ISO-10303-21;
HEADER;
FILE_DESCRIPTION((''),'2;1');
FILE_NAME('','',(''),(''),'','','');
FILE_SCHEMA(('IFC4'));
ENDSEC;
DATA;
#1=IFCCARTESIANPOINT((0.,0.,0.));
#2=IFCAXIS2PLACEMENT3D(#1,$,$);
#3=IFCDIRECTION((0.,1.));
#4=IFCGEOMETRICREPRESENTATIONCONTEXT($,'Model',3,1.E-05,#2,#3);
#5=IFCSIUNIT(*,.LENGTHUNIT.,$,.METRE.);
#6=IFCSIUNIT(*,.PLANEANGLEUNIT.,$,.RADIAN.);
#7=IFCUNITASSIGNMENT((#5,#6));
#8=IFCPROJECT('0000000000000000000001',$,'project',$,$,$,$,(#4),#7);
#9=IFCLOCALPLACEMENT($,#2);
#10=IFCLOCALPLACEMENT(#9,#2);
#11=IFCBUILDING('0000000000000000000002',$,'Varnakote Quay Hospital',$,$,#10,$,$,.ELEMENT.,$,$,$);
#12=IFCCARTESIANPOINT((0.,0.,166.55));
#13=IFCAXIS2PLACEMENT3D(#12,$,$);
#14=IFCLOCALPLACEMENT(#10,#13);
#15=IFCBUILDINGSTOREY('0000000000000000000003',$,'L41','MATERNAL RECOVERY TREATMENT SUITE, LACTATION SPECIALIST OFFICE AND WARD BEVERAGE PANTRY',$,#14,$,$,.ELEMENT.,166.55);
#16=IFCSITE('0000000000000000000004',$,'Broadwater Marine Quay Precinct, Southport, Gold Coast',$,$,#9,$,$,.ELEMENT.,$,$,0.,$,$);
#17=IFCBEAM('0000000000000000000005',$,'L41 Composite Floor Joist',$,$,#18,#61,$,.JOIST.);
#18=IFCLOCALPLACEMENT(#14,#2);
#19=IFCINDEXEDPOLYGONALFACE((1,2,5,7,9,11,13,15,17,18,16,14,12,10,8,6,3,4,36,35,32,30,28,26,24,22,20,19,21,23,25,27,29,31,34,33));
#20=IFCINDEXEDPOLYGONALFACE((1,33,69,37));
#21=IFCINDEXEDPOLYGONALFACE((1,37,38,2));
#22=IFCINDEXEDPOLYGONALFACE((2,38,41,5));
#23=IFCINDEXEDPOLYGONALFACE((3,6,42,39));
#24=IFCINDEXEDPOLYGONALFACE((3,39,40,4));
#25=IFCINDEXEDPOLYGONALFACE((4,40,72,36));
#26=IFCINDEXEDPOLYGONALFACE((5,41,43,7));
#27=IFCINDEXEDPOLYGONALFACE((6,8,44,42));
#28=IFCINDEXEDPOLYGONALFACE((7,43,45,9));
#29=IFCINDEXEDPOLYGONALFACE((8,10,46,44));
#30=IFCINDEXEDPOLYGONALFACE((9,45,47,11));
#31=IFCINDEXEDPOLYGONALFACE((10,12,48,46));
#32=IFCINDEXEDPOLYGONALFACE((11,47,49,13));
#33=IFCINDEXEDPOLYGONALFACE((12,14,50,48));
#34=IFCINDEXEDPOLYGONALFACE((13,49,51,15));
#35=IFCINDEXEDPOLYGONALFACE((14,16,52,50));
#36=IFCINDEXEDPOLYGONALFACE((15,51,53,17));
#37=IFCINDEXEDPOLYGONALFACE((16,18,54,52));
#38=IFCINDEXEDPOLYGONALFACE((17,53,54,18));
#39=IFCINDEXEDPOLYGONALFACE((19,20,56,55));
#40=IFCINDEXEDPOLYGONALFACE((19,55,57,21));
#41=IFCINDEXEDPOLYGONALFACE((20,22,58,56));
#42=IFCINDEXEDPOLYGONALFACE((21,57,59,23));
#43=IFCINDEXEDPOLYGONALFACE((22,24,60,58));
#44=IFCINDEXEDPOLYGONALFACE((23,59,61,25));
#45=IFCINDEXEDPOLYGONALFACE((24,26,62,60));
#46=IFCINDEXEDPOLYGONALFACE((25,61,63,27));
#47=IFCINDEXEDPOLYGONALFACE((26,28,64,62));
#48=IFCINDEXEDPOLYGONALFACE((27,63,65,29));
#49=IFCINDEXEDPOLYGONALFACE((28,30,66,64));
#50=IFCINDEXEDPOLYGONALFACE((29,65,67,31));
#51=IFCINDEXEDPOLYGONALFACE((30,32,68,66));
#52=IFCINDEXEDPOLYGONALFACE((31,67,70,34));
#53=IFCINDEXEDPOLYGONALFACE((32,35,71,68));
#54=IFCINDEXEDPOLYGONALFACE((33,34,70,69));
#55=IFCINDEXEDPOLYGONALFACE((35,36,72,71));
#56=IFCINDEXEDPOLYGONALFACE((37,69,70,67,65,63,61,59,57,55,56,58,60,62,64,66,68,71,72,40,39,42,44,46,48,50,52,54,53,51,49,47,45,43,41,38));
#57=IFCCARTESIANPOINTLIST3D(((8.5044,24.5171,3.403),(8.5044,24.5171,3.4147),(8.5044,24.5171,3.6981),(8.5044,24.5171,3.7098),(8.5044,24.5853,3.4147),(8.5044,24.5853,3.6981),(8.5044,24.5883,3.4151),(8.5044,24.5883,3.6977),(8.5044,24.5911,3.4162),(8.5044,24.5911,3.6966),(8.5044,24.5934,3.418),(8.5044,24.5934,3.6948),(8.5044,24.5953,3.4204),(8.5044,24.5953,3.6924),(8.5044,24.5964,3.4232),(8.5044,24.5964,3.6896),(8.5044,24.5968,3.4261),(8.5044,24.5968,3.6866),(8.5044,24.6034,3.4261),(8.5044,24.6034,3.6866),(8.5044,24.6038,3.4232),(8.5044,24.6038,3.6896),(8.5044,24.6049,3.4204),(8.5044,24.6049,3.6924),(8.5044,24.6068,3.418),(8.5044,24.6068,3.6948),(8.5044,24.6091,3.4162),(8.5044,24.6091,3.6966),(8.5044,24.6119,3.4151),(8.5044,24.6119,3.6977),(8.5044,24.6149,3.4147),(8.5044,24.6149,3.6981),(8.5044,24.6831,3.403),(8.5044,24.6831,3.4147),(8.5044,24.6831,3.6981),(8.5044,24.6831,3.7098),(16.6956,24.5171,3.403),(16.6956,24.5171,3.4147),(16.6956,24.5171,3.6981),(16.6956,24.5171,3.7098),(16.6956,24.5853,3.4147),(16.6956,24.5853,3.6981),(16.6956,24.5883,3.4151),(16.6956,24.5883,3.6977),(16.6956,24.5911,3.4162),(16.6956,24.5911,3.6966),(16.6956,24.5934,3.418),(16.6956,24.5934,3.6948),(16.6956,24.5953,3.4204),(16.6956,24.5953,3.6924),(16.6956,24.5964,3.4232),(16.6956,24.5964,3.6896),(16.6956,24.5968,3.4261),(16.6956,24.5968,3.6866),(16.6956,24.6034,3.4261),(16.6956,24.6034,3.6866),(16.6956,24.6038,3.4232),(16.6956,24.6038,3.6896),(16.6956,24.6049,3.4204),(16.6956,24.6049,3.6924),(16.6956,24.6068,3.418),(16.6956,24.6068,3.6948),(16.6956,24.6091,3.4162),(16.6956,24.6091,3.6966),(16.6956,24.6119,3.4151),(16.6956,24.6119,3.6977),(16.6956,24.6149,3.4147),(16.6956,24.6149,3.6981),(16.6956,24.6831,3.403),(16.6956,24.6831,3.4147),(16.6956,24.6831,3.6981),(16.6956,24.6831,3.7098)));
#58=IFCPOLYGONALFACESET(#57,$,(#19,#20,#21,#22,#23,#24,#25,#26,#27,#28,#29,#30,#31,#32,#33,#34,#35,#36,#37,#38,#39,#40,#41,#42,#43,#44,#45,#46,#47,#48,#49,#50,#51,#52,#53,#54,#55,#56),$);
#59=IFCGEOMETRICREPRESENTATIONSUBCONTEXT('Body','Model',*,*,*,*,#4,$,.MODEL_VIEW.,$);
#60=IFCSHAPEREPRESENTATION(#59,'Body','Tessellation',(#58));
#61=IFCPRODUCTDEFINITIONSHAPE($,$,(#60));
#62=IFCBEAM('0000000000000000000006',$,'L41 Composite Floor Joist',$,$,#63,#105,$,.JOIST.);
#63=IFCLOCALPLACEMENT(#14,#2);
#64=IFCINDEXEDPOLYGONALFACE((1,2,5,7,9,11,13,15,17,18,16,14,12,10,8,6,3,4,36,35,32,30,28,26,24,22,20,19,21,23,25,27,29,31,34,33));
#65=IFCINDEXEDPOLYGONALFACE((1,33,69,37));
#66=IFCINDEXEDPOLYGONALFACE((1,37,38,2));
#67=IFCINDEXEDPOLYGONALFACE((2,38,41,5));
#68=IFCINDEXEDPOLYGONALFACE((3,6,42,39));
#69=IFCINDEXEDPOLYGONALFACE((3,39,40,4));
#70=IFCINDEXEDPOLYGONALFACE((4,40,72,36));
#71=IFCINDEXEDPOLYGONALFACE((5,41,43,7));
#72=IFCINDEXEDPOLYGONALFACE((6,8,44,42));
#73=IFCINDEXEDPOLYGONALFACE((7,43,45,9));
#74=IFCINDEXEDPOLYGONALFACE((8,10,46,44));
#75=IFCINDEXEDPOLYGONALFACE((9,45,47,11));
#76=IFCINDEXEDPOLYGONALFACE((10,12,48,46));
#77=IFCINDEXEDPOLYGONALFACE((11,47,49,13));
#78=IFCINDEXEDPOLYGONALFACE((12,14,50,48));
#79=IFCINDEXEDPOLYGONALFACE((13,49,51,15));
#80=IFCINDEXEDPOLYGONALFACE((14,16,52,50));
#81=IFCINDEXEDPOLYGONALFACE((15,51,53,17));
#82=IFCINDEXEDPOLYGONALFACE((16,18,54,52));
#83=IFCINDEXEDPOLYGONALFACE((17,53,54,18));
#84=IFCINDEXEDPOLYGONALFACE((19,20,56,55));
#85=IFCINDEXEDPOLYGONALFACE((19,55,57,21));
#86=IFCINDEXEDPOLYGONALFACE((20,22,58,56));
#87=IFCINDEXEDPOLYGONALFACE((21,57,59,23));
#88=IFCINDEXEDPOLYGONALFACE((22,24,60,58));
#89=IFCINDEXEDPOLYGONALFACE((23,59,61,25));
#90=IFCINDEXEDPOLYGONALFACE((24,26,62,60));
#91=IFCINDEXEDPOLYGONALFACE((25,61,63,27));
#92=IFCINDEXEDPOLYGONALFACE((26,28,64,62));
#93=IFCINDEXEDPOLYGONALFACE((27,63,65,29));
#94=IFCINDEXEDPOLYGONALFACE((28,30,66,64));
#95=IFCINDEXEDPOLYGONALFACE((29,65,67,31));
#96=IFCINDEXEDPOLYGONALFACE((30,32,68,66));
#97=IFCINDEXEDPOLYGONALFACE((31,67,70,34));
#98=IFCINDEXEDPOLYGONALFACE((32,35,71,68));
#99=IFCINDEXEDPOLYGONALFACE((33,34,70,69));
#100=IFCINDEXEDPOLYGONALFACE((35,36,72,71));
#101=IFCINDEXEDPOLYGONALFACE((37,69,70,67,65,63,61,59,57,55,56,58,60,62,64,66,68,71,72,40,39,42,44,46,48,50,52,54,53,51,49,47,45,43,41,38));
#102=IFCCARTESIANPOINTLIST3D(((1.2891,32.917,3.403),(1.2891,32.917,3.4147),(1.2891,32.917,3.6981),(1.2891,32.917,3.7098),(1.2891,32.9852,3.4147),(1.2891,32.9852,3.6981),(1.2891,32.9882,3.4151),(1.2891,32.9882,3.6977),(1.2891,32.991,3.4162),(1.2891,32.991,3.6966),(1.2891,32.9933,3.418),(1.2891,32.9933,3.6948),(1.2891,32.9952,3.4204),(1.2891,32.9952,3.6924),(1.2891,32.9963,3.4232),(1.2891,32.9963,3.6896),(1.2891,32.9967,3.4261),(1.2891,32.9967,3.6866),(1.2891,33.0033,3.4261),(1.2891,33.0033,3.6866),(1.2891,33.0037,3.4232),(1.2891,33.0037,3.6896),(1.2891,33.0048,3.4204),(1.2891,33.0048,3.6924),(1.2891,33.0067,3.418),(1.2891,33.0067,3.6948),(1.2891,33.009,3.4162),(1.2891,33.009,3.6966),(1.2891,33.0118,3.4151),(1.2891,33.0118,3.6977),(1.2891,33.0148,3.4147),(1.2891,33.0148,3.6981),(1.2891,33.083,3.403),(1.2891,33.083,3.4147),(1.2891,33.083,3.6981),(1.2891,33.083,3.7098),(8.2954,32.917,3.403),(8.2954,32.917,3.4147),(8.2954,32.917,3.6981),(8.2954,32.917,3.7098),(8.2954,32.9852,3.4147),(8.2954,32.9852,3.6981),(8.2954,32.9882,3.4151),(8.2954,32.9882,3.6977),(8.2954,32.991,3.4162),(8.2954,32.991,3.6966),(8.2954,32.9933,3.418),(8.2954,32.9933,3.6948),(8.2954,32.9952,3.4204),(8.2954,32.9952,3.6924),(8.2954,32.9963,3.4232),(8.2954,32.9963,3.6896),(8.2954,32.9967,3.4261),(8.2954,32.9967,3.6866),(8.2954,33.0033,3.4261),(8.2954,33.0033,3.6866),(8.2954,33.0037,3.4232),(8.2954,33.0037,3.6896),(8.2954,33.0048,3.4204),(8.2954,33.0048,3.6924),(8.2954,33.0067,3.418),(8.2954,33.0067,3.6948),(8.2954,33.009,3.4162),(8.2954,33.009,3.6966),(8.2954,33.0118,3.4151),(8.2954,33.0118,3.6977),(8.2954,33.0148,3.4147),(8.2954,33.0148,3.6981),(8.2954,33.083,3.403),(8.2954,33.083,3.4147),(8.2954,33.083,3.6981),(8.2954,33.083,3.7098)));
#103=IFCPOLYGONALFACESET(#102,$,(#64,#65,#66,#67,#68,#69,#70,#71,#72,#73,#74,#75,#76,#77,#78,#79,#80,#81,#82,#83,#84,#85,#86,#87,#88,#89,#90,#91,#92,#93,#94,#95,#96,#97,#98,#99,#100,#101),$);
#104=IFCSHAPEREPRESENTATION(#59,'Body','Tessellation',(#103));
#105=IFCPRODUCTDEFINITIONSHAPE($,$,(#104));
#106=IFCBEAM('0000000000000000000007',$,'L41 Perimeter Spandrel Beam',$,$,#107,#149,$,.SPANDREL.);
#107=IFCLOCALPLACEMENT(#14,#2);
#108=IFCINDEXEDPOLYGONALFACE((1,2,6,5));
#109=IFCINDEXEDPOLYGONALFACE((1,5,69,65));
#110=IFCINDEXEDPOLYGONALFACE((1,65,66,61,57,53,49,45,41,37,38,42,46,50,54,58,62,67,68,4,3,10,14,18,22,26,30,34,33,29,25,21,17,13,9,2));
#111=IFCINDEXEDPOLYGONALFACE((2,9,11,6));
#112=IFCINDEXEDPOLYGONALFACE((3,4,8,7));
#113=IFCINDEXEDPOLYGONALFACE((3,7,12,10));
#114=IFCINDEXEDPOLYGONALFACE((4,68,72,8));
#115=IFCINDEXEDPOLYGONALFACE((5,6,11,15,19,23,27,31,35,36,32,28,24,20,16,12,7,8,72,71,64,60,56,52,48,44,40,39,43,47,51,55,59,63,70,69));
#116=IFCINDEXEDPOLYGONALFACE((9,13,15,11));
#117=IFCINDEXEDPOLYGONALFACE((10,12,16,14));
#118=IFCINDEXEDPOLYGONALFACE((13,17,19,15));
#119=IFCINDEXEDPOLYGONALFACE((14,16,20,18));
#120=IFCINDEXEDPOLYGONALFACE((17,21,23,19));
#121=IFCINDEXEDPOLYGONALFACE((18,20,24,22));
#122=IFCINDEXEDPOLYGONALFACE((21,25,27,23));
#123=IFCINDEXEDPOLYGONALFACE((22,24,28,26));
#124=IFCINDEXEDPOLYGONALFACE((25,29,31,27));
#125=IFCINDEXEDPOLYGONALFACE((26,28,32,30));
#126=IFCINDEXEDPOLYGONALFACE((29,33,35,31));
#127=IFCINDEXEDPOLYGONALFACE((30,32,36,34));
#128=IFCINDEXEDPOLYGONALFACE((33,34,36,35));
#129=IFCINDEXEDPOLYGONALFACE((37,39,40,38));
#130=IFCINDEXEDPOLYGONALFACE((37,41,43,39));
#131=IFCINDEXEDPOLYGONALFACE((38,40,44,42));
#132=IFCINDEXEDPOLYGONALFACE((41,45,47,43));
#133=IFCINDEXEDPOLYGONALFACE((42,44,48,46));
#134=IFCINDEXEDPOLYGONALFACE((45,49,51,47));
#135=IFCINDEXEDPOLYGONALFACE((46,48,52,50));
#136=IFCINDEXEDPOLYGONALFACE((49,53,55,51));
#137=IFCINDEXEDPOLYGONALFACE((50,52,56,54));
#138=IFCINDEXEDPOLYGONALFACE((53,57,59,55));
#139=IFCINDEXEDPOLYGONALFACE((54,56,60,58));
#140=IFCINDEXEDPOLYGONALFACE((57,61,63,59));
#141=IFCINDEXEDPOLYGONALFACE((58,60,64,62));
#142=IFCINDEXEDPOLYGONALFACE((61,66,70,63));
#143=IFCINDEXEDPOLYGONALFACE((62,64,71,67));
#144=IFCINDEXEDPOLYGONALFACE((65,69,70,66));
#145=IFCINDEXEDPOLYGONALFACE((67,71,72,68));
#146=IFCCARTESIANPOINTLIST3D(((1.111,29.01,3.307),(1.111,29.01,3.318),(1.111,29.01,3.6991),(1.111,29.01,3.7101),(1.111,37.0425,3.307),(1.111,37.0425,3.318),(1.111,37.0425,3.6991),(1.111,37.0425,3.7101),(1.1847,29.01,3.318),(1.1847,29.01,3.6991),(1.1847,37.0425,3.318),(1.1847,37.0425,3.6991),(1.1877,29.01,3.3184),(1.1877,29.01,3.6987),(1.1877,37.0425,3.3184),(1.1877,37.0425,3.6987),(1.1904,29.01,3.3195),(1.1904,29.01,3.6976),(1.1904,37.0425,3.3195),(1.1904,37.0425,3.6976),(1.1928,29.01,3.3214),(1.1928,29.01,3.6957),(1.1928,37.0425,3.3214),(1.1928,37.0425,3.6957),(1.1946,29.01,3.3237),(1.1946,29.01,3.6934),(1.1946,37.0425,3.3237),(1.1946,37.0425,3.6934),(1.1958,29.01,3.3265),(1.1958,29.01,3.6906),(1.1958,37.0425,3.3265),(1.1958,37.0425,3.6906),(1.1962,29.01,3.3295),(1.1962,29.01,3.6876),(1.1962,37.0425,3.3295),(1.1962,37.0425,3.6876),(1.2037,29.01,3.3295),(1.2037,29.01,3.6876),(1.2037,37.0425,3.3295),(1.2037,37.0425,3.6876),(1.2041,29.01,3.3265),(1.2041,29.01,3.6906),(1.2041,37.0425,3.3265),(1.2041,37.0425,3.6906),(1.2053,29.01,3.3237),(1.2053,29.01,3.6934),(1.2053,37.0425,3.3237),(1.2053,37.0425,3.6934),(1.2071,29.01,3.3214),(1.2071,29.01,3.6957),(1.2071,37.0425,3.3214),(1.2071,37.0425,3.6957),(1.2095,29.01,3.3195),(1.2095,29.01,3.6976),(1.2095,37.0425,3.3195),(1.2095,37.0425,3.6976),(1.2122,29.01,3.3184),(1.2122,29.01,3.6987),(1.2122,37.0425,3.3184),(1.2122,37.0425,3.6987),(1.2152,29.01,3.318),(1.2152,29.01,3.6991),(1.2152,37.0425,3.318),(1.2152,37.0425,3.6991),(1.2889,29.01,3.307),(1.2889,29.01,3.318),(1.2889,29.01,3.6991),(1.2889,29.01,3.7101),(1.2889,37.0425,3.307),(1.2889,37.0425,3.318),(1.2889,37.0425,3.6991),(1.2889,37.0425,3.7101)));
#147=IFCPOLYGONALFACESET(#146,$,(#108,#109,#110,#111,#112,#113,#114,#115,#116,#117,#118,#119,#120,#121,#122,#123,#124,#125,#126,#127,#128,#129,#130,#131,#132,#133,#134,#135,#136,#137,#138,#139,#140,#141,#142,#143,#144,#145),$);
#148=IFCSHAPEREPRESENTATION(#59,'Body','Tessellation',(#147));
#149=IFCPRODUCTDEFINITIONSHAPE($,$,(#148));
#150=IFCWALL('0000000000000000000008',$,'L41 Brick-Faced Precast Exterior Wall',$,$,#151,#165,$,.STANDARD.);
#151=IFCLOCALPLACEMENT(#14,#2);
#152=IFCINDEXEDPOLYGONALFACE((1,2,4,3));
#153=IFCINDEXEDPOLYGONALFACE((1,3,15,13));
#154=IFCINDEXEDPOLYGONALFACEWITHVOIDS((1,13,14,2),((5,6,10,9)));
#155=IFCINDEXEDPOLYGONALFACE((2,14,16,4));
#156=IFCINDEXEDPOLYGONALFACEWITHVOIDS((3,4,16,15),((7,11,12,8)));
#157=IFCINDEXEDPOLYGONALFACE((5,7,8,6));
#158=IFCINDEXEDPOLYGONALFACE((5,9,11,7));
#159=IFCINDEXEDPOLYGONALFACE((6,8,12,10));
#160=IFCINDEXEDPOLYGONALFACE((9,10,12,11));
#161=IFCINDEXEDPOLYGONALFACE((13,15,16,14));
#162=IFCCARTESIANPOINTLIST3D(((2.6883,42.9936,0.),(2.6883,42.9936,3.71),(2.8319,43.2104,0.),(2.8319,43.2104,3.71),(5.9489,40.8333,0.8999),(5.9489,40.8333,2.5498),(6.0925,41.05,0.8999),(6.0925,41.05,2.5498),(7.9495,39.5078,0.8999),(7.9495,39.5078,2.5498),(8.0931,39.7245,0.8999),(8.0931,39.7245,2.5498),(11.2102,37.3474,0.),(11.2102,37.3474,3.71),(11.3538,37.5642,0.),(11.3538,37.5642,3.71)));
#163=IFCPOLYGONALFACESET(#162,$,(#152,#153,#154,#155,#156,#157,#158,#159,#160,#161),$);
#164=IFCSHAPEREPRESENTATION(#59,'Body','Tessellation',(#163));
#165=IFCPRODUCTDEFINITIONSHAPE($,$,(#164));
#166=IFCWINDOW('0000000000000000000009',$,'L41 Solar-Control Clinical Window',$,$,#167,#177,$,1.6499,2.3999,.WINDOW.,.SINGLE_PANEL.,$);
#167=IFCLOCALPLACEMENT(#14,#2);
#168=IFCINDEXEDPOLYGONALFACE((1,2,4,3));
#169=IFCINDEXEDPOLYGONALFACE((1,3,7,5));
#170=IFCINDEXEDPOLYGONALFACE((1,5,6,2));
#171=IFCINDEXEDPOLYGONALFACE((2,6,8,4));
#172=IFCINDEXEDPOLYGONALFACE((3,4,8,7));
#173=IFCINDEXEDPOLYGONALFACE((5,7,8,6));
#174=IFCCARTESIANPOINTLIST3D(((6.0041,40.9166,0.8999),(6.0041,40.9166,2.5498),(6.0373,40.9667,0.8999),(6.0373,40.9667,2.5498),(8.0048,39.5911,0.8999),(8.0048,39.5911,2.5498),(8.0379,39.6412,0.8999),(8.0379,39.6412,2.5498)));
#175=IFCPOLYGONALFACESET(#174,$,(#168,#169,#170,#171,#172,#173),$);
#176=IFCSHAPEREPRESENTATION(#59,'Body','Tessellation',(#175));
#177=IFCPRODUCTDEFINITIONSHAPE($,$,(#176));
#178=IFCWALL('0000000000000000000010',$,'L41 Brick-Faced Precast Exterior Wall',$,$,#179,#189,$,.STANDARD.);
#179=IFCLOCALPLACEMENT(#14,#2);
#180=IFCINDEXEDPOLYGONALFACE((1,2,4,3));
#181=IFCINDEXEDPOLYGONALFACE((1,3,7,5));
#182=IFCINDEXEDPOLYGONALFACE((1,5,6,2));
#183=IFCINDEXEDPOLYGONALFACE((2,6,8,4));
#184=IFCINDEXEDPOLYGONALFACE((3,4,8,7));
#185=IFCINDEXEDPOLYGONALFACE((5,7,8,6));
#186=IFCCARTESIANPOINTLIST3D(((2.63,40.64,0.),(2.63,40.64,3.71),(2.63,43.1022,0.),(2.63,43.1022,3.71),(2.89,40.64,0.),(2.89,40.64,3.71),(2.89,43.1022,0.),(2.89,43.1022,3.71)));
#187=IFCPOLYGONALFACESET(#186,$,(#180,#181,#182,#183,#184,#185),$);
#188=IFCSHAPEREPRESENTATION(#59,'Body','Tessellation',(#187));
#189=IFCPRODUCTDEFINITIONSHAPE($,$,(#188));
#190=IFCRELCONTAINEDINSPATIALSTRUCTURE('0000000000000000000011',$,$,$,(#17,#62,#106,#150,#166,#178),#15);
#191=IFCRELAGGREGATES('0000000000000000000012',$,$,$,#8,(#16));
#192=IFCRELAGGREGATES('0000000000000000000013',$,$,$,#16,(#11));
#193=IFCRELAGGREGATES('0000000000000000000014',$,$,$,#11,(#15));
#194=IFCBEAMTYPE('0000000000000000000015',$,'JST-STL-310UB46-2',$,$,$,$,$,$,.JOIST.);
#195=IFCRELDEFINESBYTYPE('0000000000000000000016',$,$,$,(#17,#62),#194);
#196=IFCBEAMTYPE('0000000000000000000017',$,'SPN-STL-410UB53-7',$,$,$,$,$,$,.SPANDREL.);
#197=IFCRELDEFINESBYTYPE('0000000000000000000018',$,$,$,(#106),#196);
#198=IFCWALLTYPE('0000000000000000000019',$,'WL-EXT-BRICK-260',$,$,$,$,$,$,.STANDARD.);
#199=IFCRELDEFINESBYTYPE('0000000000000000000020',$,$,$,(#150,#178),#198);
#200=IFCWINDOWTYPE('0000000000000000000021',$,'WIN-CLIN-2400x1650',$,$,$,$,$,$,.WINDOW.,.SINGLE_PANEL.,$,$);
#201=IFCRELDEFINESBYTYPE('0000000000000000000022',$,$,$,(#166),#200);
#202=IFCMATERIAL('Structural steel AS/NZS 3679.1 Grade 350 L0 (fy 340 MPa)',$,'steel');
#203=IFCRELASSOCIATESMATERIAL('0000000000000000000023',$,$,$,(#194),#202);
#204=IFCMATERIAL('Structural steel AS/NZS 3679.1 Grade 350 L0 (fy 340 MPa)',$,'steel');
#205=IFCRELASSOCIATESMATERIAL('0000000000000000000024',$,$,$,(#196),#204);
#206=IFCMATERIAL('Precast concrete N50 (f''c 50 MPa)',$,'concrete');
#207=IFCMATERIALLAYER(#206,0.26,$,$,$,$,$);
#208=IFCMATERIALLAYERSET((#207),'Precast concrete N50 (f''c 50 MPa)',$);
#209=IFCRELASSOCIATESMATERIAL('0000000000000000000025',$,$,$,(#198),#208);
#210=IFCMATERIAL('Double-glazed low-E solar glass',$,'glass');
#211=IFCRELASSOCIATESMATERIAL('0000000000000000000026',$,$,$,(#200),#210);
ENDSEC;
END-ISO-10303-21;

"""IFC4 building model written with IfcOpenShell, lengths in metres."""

from ifc_helpers import new_model, si_unit, direction, frame, frame_2d, origin, origin_2d, place, context, subcontext, project, spatial, rectangle, i_section, extrude, material, layer, layer_set, material_profile, profile_set, type_object, element, fill, save


model = new_model("IFC4")

# Units and contexts
model_context = context("Model", 3, precision=1e-05, world=origin(), true_north=direction((0.0, 1.0)))
body_context = subcontext(model_context, "Body", "Model", "MODEL_VIEW")
ifc_project = project(units=[si_unit("LENGTHUNIT", "METRE"), si_unit("PLANEANGLEUNIT", "RADIAN")], contexts=[model_context])

# Site, building, storey
site_placement = place(None, origin())
site = spatial("IfcSite", under=ifc_project, at=site_placement, Name="Broadwater Marine Quay Precinct, Southport, Gold Coast", CompositionType="ELEMENT", RefElevation=0.0)
building_placement = place(site_placement, origin())
building = spatial("IfcBuilding", under=site, at=building_placement, Name="Varnakote Quay Hospital", CompositionType="ELEMENT")
storey_placement = place(building_placement, frame((0.0, 0.0, 166.55)))
storey = spatial("IfcBuildingStorey", under=building, at=storey_placement, Name="L41", Description="MATERNAL RECOVERY TREATMENT SUITE, LACTATION SPECIALIST OFFICE AND WARD BEVERAGE PANTRY", CompositionType="ELEMENT", Elevation=166.55)

# Beams
ifc_material_1 = material(Name="Structural steel AS/NZS 3679.1 Grade 350 L0 (fy 340 MPa)", Category="steel")
ifc_material_profile_1 = material_profile(ifc_material_1, i_section(OverallWidth=0.166, OverallDepth=0.3069, WebThickness=0.0066, FlangeThickness=0.0117, FilletRadius=0.0115, at=origin_2d()), Name="310UB46.2")
ifc_profile_set_1 = profile_set([ifc_material_profile_1], Name="Structural steel AS/NZS 3679.1 Grade 350 L0 (fy 340 MPa)")
beam_type_1 = type_object("IfcBeamType", Name="JST-STL-310UB46-2", PredefinedType="JOIST", material=ifc_profile_set_1)
beam_1_placement = place(storey_placement, frame((8.5044, 24.6001, 3.5564), z_axis=(1.0, 0.0, 0.0), x_axis=(0.0, 1.0, 0.0)))
element("IfcBeam", 1, at=beam_1_placement, inside=storey, type_object=beam_type_1, Name="L41 Composite Floor Joist", PredefinedType="JOIST", context=body_context, shape_type="SweptSolid", body=[
    extrude(i_section(OverallWidth=0.166, OverallDepth=0.3069, WebThickness=0.0066, FlangeThickness=0.0117, FilletRadius=0.0115, at=origin_2d()), origin(), (0.0, 0.0, 1.0), 8.1912),
])
beam_2_placement = place(storey_placement, frame((1.2891, 33.0, 3.5564), z_axis=(1.0, 0.0, 0.0), x_axis=(0.0, 1.0, 0.0)))
element("IfcBeam", 2, at=beam_2_placement, inside=storey, type_object=beam_type_1, Name="L41 Composite Floor Joist", PredefinedType="JOIST", context=body_context, shape_type="SweptSolid", body=[
    extrude(i_section(OverallWidth=0.166, OverallDepth=0.3069, WebThickness=0.0066, FlangeThickness=0.0117, FilletRadius=0.0115, at=origin_2d()), origin(), (0.0, 0.0, 1.0), 7.0063),
])
ifc_material_2 = material(Name="Structural steel AS/NZS 3679.1 Grade 350 L0 (fy 340 MPa)", Category="steel")
ifc_material_profile_2 = material_profile(ifc_material_2, i_section(OverallWidth=0.178, OverallDepth=0.4031, WebThickness=0.0076, FlangeThickness=0.011, FilletRadius=0.0115, at=origin_2d()), Name="410UB53.7")
ifc_profile_set_2 = profile_set([ifc_material_profile_2], Name="Structural steel AS/NZS 3679.1 Grade 350 L0 (fy 340 MPa)")
beam_type_2 = type_object("IfcBeamType", Name="SPN-STL-410UB53-7", PredefinedType="SPANDREL", material=ifc_profile_set_2)
beam_3_placement = place(storey_placement, frame((1.2, 29.01, 3.5085), z_axis=(0.0, 1.0, 0.0), x_axis=(-1.0, 0.0, 0.0)))
element("IfcBeam", 3, at=beam_3_placement, inside=storey, type_object=beam_type_2, Name="L41 Perimeter Spandrel Beam", PredefinedType="SPANDREL", context=body_context, shape_type="SweptSolid", body=[
    extrude(i_section(OverallWidth=0.178, OverallDepth=0.4031, WebThickness=0.0076, FlangeThickness=0.011, FilletRadius=0.0115, at=origin_2d()), origin(), (0.0, 0.0, 1.0), 8.0325),
])

# Wall, opening, window
ifc_material_3 = material(Name="Precast concrete N50 (f'c 50 MPa)", Category="concrete")
ifc_layer = layer(ifc_material_3, 0.26)
ifc_layer_set = layer_set([ifc_layer], Name="Precast concrete N50 (f'c 50 MPa)")
wall_type = type_object("IfcWallType", Name="WL-EXT-BRICK-260", PredefinedType="STANDARD", material=ifc_layer_set)
wall_1_placement = place(storey_placement, frame((11.282, 37.4558, 0.0), z_axis=(0.0, 0.0, 1.0), x_axis=(-0.83363, 0.552323, 0.0)))
wall_1 = element("IfcWall", 4, at=wall_1_placement, inside=storey, type_object=wall_type, Name="L41 Brick-Faced Precast Exterior Wall", PredefinedType="STANDARD", context=body_context, shape_type="SweptSolid", body=[
    extrude(rectangle(XDim=10.2227, YDim=0.26, at=frame_2d((5.1113, 0.0))), origin(), (0.0, 0.0, 1.0), 3.71),
])
opening_1_placement = place(wall_1_placement, frame((3.9114, 0.0, 0.8999)))
opening_1 = element("IfcOpeningElement", 5, at=opening_1_placement, cuts=wall_1, PredefinedType="OPENING", context=body_context, shape_type="SweptSolid", body=[
    extrude(rectangle(XDim=2.3999, YDim=1.6499, at=frame_2d((1.2, 0.825))), frame((0.0, 0.1399, 0.0), z_axis=(0.0, -1.0, 0.0), x_axis=(1.0, 0.0, 0.0)), (0.0, 0.0, 1.0), 0.28),
])
ifc_material_4 = material(Name="Double-glazed low-E solar glass", Category="glass")
window_type = type_object("IfcWindowType", Name="WIN-CLIN-2400x1650", PartitioningType="SINGLE_PANEL", PredefinedType="WINDOW", material=ifc_material_4)
window_placement = place(opening_1_placement, origin())
window = element("IfcWindow", 6, at=window_placement, inside=storey, type_object=window_type, Name="L41 Solar-Control Clinical Window", OverallHeight=1.6499, OverallWidth=2.3999, PartitioningType="SINGLE_PANEL", PredefinedType="WINDOW", context=body_context, shape_type="SweptSolid", body=[
    extrude(rectangle(XDim=2.3999, YDim=1.6499, at=frame_2d((1.2, 0.825))), frame((0.0, 0.03, 0.0), z_axis=(0.0, -1.0, 0.0), x_axis=(1.0, 0.0, 0.0)), (0.0, 0.0, 1.0), 0.0601),
])
fill(opening_1, window)

# Wall
wall_2_placement = place(storey_placement, frame((2.76, 43.1021, 0.0), z_axis=(0.0, 0.0, 1.0), x_axis=(0.0, -1.0, 0.0)))
element("IfcWall", 7, at=wall_2_placement, inside=storey, type_object=wall_type, Name="L41 Brick-Faced Precast Exterior Wall", PredefinedType="STANDARD", context=body_context, shape_type="SweptSolid", body=[
    extrude(rectangle(XDim=2.4622, YDim=0.26, at=frame_2d((1.231, 0.0))), origin(), (0.0, 0.0, 1.0), 3.71),
])

save(model, "model.ifc")
